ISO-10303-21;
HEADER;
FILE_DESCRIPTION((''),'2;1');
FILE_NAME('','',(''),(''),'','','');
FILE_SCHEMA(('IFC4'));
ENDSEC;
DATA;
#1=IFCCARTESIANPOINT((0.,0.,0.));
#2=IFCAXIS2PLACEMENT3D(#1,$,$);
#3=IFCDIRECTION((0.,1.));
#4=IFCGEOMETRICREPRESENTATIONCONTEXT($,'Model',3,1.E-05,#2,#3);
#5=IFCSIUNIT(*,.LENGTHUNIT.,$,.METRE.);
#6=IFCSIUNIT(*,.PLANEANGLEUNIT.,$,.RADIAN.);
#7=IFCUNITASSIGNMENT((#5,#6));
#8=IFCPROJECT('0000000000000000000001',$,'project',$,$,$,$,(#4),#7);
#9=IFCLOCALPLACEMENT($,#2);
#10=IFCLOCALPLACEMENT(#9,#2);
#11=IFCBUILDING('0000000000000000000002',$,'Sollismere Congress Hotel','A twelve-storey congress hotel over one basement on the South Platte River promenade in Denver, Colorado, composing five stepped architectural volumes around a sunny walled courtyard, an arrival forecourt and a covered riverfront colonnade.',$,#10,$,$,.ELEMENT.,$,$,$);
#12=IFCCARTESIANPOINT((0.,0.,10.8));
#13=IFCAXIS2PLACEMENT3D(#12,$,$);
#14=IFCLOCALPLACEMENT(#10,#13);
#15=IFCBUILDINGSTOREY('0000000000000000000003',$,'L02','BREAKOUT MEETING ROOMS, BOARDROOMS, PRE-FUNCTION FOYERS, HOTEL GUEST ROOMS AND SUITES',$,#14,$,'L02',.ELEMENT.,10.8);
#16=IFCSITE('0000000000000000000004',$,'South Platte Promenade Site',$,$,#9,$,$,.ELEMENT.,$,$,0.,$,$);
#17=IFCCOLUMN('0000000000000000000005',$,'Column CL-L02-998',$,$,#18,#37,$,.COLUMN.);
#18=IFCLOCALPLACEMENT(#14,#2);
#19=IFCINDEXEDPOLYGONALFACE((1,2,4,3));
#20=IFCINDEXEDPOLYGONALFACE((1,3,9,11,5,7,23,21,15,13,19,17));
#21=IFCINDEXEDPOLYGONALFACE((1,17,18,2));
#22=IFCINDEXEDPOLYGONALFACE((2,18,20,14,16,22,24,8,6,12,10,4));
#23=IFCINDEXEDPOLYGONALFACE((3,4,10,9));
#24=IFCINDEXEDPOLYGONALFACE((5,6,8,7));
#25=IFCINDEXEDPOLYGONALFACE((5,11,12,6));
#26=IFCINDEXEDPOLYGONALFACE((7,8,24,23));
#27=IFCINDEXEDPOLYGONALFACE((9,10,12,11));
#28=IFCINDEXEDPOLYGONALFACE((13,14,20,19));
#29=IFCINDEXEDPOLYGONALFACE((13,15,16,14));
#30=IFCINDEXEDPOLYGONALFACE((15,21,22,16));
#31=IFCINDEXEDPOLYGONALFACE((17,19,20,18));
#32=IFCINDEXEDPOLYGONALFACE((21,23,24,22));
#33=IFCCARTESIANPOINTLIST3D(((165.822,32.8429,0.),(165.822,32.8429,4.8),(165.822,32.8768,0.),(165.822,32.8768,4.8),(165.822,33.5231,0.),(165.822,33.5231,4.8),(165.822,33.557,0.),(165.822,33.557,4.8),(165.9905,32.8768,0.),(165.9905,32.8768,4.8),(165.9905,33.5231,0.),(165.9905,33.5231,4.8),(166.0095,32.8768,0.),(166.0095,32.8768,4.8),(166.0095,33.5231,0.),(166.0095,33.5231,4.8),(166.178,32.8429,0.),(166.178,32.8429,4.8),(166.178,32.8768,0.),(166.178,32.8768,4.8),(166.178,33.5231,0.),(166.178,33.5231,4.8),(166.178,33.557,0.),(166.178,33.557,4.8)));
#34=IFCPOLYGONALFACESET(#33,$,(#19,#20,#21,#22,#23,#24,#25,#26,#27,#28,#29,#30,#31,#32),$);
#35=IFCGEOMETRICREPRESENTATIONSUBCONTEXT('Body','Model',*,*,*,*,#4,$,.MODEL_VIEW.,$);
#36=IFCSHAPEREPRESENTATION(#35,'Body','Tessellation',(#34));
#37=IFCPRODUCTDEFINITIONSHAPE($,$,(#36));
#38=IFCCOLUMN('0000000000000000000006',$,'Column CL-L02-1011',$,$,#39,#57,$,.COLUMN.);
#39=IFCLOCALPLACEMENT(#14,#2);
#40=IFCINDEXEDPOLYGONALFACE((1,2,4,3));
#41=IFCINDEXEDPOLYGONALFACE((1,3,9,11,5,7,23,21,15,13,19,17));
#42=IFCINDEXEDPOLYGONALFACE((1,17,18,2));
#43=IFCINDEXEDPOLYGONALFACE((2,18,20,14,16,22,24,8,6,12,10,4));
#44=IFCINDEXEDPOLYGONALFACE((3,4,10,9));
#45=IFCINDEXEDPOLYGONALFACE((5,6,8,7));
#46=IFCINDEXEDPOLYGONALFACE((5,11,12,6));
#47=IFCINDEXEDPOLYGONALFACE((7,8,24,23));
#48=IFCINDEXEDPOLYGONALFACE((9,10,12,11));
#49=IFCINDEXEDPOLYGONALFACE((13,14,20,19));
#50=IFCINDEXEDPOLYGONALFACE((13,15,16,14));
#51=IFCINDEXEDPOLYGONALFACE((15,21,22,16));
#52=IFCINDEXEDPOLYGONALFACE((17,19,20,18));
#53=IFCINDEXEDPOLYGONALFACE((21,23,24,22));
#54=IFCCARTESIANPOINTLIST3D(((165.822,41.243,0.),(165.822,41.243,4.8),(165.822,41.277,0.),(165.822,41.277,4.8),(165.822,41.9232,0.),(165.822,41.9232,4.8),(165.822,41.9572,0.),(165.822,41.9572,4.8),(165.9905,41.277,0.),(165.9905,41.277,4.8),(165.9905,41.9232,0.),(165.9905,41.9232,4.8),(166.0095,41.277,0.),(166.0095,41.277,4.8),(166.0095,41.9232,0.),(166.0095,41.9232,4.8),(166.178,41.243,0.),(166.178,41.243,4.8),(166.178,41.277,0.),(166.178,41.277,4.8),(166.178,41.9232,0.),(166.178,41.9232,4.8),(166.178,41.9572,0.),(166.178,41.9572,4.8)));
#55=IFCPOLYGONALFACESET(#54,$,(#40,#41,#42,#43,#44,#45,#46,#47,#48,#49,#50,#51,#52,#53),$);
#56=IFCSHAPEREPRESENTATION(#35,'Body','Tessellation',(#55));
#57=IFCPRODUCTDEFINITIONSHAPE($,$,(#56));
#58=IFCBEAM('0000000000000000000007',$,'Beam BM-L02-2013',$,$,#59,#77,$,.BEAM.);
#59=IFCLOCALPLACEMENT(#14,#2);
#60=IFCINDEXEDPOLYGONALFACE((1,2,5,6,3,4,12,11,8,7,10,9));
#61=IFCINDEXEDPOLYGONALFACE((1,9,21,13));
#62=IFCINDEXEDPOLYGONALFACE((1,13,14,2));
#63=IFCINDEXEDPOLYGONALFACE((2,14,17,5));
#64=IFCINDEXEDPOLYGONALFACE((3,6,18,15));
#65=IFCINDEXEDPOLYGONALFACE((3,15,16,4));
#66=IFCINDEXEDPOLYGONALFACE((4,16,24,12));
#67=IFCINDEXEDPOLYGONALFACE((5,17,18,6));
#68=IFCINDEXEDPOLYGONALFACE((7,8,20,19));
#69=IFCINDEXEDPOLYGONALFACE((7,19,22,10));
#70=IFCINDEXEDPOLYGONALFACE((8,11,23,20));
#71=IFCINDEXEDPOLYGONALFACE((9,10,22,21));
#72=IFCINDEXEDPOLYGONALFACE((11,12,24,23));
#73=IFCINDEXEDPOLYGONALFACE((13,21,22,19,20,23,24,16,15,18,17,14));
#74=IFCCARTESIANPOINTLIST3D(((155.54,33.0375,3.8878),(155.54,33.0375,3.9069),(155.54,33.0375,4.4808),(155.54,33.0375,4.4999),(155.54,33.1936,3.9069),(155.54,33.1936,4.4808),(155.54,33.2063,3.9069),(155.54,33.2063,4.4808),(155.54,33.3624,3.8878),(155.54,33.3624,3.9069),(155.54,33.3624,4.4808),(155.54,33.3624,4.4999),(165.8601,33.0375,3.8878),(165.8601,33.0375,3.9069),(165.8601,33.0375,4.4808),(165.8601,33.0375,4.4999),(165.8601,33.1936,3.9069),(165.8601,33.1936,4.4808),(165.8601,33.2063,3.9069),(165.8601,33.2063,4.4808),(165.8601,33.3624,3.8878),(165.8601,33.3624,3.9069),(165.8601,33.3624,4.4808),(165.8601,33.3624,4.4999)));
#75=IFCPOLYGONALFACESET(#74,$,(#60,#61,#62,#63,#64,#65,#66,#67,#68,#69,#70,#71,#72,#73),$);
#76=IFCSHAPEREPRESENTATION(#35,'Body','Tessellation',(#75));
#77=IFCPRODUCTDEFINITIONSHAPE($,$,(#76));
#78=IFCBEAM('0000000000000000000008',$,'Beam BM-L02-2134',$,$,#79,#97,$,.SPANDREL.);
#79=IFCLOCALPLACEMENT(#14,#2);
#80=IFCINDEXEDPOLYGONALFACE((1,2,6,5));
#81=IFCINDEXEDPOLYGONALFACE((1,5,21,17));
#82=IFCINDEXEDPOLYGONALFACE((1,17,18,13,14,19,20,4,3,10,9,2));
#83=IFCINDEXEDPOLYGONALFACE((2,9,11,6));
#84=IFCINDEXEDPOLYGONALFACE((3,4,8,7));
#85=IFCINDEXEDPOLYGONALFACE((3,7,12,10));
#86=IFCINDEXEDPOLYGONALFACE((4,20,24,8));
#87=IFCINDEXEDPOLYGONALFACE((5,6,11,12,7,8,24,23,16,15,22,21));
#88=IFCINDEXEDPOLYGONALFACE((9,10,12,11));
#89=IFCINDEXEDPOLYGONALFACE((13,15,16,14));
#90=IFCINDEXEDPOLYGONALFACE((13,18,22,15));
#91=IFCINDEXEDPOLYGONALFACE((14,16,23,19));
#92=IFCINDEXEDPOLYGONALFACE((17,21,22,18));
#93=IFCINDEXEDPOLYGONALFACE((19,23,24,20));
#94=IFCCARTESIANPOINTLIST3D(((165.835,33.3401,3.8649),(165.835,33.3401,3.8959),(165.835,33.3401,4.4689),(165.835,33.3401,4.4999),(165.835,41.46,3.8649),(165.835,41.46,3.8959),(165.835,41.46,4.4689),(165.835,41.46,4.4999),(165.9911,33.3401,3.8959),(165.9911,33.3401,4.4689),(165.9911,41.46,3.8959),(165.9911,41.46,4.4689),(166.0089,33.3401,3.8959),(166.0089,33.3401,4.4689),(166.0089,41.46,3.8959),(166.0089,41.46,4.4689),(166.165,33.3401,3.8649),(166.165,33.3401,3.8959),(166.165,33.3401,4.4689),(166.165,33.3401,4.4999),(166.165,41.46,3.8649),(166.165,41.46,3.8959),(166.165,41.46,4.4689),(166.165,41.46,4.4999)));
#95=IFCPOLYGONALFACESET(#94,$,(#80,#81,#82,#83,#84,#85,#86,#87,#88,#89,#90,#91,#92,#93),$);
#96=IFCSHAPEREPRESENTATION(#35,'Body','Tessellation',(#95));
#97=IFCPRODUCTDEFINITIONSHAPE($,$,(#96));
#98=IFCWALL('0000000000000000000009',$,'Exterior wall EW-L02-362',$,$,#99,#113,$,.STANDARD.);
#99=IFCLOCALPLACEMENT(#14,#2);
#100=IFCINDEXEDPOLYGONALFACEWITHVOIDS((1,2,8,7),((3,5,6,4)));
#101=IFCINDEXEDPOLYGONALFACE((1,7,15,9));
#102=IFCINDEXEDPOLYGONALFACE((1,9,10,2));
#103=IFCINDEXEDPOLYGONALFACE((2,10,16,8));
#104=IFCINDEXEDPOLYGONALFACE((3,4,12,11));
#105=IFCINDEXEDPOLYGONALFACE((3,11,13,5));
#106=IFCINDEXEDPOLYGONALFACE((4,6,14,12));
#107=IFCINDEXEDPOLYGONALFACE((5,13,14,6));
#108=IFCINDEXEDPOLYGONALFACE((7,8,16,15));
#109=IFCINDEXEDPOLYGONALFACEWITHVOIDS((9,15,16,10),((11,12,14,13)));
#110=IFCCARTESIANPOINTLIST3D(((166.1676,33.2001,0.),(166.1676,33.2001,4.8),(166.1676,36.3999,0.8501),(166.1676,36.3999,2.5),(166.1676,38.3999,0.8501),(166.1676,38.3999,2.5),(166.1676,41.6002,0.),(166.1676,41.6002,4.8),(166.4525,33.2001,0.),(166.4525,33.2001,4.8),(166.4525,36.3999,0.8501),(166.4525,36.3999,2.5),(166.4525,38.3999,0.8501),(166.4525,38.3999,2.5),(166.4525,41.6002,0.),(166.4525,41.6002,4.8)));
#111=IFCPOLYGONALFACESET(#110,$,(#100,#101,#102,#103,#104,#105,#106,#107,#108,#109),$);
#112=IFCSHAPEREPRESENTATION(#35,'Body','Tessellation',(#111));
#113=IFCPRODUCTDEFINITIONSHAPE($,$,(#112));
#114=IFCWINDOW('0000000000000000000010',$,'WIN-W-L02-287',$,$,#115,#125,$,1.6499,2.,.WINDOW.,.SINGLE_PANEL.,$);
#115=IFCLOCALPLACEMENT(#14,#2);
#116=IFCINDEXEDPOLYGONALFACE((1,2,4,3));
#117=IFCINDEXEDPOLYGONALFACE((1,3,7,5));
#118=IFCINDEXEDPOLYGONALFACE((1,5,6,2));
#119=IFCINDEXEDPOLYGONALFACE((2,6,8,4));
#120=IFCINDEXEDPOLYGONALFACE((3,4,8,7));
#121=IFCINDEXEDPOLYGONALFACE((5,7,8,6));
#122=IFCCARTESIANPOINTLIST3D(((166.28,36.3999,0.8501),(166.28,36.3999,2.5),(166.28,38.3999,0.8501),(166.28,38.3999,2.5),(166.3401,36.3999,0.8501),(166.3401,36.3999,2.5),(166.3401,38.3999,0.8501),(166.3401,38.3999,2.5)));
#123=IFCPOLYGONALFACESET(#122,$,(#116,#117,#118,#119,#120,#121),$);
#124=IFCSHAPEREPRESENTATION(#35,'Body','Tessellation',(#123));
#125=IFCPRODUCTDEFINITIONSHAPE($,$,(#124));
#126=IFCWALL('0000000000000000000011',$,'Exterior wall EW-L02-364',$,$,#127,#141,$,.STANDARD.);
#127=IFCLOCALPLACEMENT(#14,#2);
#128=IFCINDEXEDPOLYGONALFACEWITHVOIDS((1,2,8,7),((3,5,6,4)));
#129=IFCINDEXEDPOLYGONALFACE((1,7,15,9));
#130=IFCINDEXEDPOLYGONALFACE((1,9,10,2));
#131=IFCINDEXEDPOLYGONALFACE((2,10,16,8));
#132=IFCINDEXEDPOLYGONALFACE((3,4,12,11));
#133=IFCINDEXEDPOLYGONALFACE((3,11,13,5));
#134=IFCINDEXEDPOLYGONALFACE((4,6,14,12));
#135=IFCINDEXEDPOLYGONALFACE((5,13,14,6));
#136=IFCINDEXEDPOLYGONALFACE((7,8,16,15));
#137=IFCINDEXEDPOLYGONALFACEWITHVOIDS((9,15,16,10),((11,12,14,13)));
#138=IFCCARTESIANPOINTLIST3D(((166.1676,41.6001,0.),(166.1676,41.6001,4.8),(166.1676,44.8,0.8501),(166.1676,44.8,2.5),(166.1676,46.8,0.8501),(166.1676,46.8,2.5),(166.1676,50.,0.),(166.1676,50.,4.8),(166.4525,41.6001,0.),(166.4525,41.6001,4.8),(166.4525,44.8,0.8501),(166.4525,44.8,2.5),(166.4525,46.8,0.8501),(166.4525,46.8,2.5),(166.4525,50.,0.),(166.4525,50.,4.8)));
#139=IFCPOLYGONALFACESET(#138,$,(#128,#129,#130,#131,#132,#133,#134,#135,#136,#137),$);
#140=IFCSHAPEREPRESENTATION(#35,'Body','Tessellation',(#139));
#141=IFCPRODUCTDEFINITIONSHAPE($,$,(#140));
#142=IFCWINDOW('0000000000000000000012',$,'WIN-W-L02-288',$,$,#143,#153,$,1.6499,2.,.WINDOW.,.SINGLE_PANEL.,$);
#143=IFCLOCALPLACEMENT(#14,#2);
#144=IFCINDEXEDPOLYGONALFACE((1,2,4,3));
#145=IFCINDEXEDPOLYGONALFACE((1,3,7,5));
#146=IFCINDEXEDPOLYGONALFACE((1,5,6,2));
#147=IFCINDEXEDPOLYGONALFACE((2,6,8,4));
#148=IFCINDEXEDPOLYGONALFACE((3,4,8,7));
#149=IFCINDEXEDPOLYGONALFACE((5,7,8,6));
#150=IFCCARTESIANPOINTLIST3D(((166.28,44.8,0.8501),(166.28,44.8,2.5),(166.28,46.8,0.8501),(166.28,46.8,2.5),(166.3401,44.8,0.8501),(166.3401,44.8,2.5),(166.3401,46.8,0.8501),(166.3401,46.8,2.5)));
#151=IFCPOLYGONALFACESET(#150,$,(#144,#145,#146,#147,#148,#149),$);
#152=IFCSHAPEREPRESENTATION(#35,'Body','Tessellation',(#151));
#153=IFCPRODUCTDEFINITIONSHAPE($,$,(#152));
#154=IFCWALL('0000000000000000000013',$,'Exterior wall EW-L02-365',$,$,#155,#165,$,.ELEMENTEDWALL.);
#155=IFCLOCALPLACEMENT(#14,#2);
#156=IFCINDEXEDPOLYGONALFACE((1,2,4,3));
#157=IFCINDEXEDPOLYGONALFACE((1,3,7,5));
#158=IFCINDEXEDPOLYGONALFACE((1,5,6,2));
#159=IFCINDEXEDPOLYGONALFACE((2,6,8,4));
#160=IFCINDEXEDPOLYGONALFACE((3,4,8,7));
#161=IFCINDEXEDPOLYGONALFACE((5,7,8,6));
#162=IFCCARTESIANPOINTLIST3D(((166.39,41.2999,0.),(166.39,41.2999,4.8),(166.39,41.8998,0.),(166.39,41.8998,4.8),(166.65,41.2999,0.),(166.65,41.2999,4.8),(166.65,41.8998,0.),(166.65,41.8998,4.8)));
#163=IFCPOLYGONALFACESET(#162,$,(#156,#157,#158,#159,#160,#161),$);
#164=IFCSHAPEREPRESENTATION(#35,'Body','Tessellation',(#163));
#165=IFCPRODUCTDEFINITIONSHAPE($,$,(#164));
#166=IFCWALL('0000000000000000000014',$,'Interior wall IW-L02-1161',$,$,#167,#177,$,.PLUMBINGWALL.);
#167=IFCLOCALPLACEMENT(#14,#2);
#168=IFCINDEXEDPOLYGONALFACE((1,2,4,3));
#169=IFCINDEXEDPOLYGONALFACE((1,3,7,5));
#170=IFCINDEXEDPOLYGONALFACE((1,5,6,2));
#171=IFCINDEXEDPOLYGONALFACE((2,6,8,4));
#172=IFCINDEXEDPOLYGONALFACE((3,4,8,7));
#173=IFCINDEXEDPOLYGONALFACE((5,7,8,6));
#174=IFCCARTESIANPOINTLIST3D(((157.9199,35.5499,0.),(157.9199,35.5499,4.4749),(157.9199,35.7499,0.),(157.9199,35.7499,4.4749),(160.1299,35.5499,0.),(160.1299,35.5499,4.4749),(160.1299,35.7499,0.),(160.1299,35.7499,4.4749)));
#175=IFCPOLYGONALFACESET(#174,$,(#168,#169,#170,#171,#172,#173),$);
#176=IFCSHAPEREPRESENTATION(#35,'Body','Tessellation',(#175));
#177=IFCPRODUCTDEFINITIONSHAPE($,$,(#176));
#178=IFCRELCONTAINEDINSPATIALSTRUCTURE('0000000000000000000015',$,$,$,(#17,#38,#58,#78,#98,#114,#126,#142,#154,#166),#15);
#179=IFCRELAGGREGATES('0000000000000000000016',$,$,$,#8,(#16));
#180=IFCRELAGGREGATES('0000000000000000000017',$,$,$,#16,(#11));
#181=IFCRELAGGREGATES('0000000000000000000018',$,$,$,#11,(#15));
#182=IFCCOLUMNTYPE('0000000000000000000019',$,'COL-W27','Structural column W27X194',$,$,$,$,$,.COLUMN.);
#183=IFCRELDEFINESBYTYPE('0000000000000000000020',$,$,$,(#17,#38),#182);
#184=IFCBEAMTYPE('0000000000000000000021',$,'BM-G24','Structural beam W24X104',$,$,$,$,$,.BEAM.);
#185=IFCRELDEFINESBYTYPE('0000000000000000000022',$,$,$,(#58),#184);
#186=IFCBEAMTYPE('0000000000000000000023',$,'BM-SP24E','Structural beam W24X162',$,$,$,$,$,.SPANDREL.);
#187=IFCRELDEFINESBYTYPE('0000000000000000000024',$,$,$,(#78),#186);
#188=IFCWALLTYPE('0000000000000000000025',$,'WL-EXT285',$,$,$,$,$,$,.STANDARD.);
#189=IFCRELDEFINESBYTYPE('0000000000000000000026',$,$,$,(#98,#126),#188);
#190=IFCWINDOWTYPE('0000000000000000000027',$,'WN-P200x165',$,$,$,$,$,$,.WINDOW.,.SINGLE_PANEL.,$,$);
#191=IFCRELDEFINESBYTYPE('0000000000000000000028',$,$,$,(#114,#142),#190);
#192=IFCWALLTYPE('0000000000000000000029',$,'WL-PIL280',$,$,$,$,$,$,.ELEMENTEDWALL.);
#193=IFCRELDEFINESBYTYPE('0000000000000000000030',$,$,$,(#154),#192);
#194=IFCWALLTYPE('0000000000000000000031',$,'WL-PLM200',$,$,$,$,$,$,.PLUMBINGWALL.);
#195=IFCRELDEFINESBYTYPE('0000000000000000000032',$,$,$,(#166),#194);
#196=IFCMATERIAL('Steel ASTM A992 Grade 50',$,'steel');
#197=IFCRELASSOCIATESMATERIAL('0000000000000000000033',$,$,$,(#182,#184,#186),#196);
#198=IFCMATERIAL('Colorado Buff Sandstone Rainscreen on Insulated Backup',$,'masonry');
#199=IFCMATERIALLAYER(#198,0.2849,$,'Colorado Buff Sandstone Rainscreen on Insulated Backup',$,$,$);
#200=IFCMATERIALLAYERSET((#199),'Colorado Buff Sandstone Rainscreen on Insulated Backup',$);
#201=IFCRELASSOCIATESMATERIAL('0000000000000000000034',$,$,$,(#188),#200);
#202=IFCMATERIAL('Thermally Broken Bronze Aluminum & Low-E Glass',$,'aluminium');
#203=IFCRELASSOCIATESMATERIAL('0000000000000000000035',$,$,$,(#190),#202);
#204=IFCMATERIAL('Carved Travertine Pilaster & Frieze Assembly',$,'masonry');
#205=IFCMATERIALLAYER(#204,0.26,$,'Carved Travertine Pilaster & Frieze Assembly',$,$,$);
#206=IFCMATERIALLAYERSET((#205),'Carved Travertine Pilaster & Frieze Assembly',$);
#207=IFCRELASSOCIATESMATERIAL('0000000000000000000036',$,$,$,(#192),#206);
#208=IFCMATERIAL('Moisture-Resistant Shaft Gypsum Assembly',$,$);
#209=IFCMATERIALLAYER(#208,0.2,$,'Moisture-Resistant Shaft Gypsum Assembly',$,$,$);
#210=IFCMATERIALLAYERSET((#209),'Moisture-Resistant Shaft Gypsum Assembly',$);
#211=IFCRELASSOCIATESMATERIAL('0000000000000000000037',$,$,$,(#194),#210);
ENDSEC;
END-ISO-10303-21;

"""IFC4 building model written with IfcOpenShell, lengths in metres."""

from ifc_helpers import new_model, si_unit, direction, frame, frame_2d, origin, origin_2d, place, context, subcontext, project, spatial, rectangle, i_section, extrude, material, layer, layer_set, material_profile, profile_set, type_object, element, fill, save


model = new_model("IFC4")

# Units and contexts
model_context = context("Model", 3, precision=1e-05, world=origin(), true_north=direction((0.0, 1.0)))
body_context = subcontext(model_context, "Body", "Model", "MODEL_VIEW")
ifc_project = project(units=[si_unit("LENGTHUNIT", "METRE"), si_unit("PLANEANGLEUNIT", "RADIAN")], contexts=[model_context])

# Site, building, storey
site_placement = place(None, origin())
site = spatial("IfcSite", under=ifc_project, at=site_placement, Name="South Platte Promenade Site", CompositionType="ELEMENT", RefElevation=0.0)
building_placement = place(site_placement, origin())
building = spatial("IfcBuilding", under=site, at=building_placement, Name="Sollismere Congress Hotel", Description="A twelve-storey congress hotel over one basement on the South Platte River promenade in Denver, Colorado, composing five stepped architectural volumes around a sunny walled courtyard, an arrival forecourt and a covered riverfront colonnade.", CompositionType="ELEMENT")
storey_placement = place(building_placement, frame((0.0, 0.0, 10.8)))
storey = spatial("IfcBuildingStorey", under=building, at=storey_placement, Name="L02", Description="BREAKOUT MEETING ROOMS, BOARDROOMS, PRE-FUNCTION FOYERS, HOTEL GUEST ROOMS AND SUITES", LongName="L02", CompositionType="ELEMENT", Elevation=10.8)

# Columns
ifc_material_1 = material(Name="Steel ASTM A992 Grade 50", Category="steel")
ifc_material_profile_1 = material_profile(ifc_material_1, i_section(OverallWidth=0.356, OverallDepth=0.7141, WebThickness=0.019, FlangeThickness=0.0339, at=origin_2d()), Name="W27X194")
ifc_profile_set_1 = profile_set([ifc_material_profile_1], Name="Steel ASTM A992 Grade 50")
column_type = type_object("IfcColumnType", Name="COL-W27", Description="Structural column W27X194", PredefinedType="COLUMN", material=ifc_profile_set_1)
for number, where, z_axis, x_axis, name in (
    (1, (166.0, 33.2, 0.0), (0.0, 0.0, 1.0), (1.0, 0.0, 0.0), "Column CL-L02-998"),
    (2, (166.0, 41.6001, 0.0), (0.0, 0.0, 1.0), (1.0, 0.0, 0.0), "Column CL-L02-1011"),
):
    element("IfcColumn", number, at=place(storey_placement, frame(where, z_axis=z_axis, x_axis=x_axis)), inside=storey, type_object=column_type, Name=name, PredefinedType="COLUMN", context=body_context, shape_type="SweptSolid", body=[
        extrude(i_section(OverallWidth=0.356, OverallDepth=0.7141, WebThickness=0.019, FlangeThickness=0.0339, at=origin_2d()), origin(), (0.0, 0.0, 1.0), 4.8),
    ])

# Beams
ifc_material_profile_2 = material_profile(ifc_material_1, i_section(OverallWidth=0.325, OverallDepth=0.6121, WebThickness=0.0127, FlangeThickness=0.019, at=origin_2d()), Name="W24X104")
ifc_profile_set_2 = profile_set([ifc_material_profile_2], Name="Steel ASTM A992 Grade 50")
beam_type_1 = type_object("IfcBeamType", Name="BM-G24", Description="Structural beam W24X104", PredefinedType="BEAM", material=ifc_profile_set_2)
beam_1_placement = place(storey_placement, frame((155.54, 33.2, 4.1938), z_axis=(1.0, 0.0, 0.0), x_axis=(0.0, 1.0, 0.0)))
element("IfcBeam", 3, at=beam_1_placement, inside=storey, type_object=beam_type_1, Name="Beam BM-L02-2013", PredefinedType="BEAM", context=body_context, shape_type="SweptSolid", body=[
    extrude(i_section(OverallWidth=0.325, OverallDepth=0.6121, WebThickness=0.0127, FlangeThickness=0.019, at=origin_2d()), origin(), (0.0, 0.0, 1.0), 10.3201),
])
ifc_material_profile_3 = material_profile(ifc_material_1, i_section(OverallWidth=0.3301, OverallDepth=0.635, WebThickness=0.0178, FlangeThickness=0.031, at=origin_2d()), Name="W24X162")
ifc_profile_set_3 = profile_set([ifc_material_profile_3], Name="Steel ASTM A992 Grade 50")
beam_type_2 = type_object("IfcBeamType", Name="BM-SP24E", Description="Structural beam W24X162", PredefinedType="SPANDREL", material=ifc_profile_set_3)
beam_2_placement = place(storey_placement, frame((166.0, 33.3401, 4.1824), z_axis=(0.0, 1.0, 0.0), x_axis=(-1.0, 0.0, 0.0)))
element("IfcBeam", 4, at=beam_2_placement, inside=storey, type_object=beam_type_2, Name="Beam BM-L02-2134", PredefinedType="SPANDREL", context=body_context, shape_type="SweptSolid", body=[
    extrude(i_section(OverallWidth=0.3301, OverallDepth=0.635, WebThickness=0.0178, FlangeThickness=0.031, at=origin_2d()), origin(), (0.0, 0.0, 1.0), 8.1199),
])

# Walls, openings, windows
ifc_material_2 = material(Name="Colorado Buff Sandstone Rainscreen on Insulated Backup", Category="masonry")
ifc_layer_1 = layer(ifc_material_2, 0.2849, Name="Colorado Buff Sandstone Rainscreen on Insulated Backup")
ifc_layer_set_1 = layer_set([ifc_layer_1], Name="Colorado Buff Sandstone Rainscreen on Insulated Backup")
wall_type_1 = type_object("IfcWallType", Name="WL-EXT285", PredefinedType="STANDARD", material=ifc_layer_set_1)
wall_1_placement = place(storey_placement, frame((166.3101, 33.2, 0.0), z_axis=(0.0, 0.0, 1.0), x_axis=(0.0, 1.0, 0.0)))
wall_1 = element("IfcWall", 5, at=wall_1_placement, inside=storey, type_object=wall_type_1, Name="Exterior wall EW-L02-362", PredefinedType="STANDARD", context=body_context, shape_type="SweptSolid", body=[
    extrude(rectangle(XDim=8.4001, YDim=0.2849, at=frame_2d((4.2002, 0.0))), origin(), (0.0, 0.0, 1.0), 4.8),
])
opening_1_placement = place(wall_1_placement, frame((3.2, 0.0, 0.8501)))
opening_1 = element("IfcOpeningElement", 6, at=opening_1_placement, cuts=wall_1, PredefinedType="OPENING", context=body_context, shape_type="SweptSolid", body=[
    extrude(rectangle(XDim=2.0, YDim=1.6499, at=frame_2d((1.0, 0.825))), frame((0.0, 0.1523, 0.0), z_axis=(0.0, -1.0, 0.0), x_axis=(1.0, 0.0, 0.0)), (0.0, 0.0, 1.0), 0.3049),
])
ifc_material_3 = material(Name="Thermally Broken Bronze Aluminum & Low-E Glass", Category="aluminium")
window_type = type_object("IfcWindowType", Name="WN-P200x165", PartitioningType="SINGLE_PANEL", PredefinedType="WINDOW", material=ifc_material_3)
window_1_placement = place(opening_1_placement, origin())
window_1 = element("IfcWindow", 7, at=window_1_placement, inside=storey, type_object=window_type, Name="WIN-W-L02-287", OverallHeight=1.6499, OverallWidth=2.0, PartitioningType="SINGLE_PANEL", PredefinedType="WINDOW", context=body_context, shape_type="SweptSolid", body=[
    extrude(rectangle(XDim=2.0, YDim=1.6499, at=frame_2d((1.0, 0.825))), frame((0.0, 0.03, 0.0), z_axis=(0.0, -1.0, 0.0), x_axis=(1.0, 0.0, 0.0)), (0.0, 0.0, 1.0), 0.0601),
])
fill(opening_1, window_1)
wall_2_placement = place(storey_placement, frame((166.3101, 41.6001, 0.0), z_axis=(0.0, 0.0, 1.0), x_axis=(0.0, 1.0, 0.0)))
wall_2 = element("IfcWall", 8, at=wall_2_placement, inside=storey, type_object=wall_type_1, Name="Exterior wall EW-L02-364", PredefinedType="STANDARD", context=body_context, shape_type="SweptSolid", body=[
    extrude(rectangle(XDim=8.3999, YDim=0.2849, at=frame_2d((4.2, 0.0))), origin(), (0.0, 0.0, 1.0), 4.8),
])
opening_2_placement = place(wall_2_placement, frame((3.2, 0.0, 0.8501)))
opening_2 = element("IfcOpeningElement", 9, at=opening_2_placement, cuts=wall_2, PredefinedType="OPENING", context=body_context, shape_type="SweptSolid", body=[
    extrude(rectangle(XDim=2.0, YDim=1.6499, at=frame_2d((1.0, 0.825))), frame((0.0, 0.1523, 0.0), z_axis=(0.0, -1.0, 0.0), x_axis=(1.0, 0.0, 0.0)), (0.0, 0.0, 1.0), 0.3049),
])
window_2_placement = place(opening_2_placement, origin())
window_2 = element("IfcWindow", 10, at=window_2_placement, inside=storey, type_object=window_type, Name="WIN-W-L02-288", OverallHeight=1.6499, OverallWidth=2.0, PartitioningType="SINGLE_PANEL", PredefinedType="WINDOW", context=body_context, shape_type="SweptSolid", body=[
    extrude(rectangle(XDim=2.0, YDim=1.6499, at=frame_2d((1.0, 0.825))), frame((0.0, 0.03, 0.0), z_axis=(0.0, -1.0, 0.0), x_axis=(1.0, 0.0, 0.0)), (0.0, 0.0, 1.0), 0.0601),
])
fill(opening_2, window_2)

# Walls
ifc_material_4 = material(Name="Carved Travertine Pilaster & Frieze Assembly", Category="masonry")
ifc_layer_2 = layer(ifc_material_4, 0.26, Name="Carved Travertine Pilaster & Frieze Assembly")
ifc_layer_set_2 = layer_set([ifc_layer_2], Name="Carved Travertine Pilaster & Frieze Assembly")
wall_type_2 = type_object("IfcWallType", Name="WL-PIL280", PredefinedType="ELEMENTEDWALL", material=ifc_layer_set_2)
wall_3_placement = place(storey_placement, frame((166.52, 41.3, 0.0), z_axis=(0.0, 0.0, 1.0), x_axis=(0.0, 1.0, 0.0)))
element("IfcWall", 11, at=wall_3_placement, inside=storey, type_object=wall_type_2, Name="Exterior wall EW-L02-365", PredefinedType="ELEMENTEDWALL", context=body_context, shape_type="SweptSolid", body=[
    extrude(rectangle(XDim=0.5999, YDim=0.26, at=frame_2d((0.2998, 0.0))), origin(), (0.0, 0.0, 1.0), 4.8),
])
ifc_material_5 = material(Name="Moisture-Resistant Shaft Gypsum Assembly")
ifc_layer_3 = layer(ifc_material_5, 0.2, Name="Moisture-Resistant Shaft Gypsum Assembly")
ifc_layer_set_3 = layer_set([ifc_layer_3], Name="Moisture-Resistant Shaft Gypsum Assembly")
wall_type_3 = type_object("IfcWallType", Name="WL-PLM200", PredefinedType="PLUMBINGWALL", material=ifc_layer_set_3)
wall_4_placement = place(storey_placement, frame((157.9199, 35.6499, 0.0), z_axis=(0.0, 0.0, 1.0), x_axis=(1.0, 0.0, 0.0)))
element("IfcWall", 12, at=wall_4_placement, inside=storey, type_object=wall_type_3, Name="Interior wall IW-L02-1161", PredefinedType="PLUMBINGWALL", context=body_context, shape_type="SweptSolid", body=[
    extrude(rectangle(XDim=2.21, YDim=0.2, at=frame_2d((1.105, 0.0))), origin(), (0.0, 0.0, 1.0), 4.4749),
])

save(model, "model.ifc")
